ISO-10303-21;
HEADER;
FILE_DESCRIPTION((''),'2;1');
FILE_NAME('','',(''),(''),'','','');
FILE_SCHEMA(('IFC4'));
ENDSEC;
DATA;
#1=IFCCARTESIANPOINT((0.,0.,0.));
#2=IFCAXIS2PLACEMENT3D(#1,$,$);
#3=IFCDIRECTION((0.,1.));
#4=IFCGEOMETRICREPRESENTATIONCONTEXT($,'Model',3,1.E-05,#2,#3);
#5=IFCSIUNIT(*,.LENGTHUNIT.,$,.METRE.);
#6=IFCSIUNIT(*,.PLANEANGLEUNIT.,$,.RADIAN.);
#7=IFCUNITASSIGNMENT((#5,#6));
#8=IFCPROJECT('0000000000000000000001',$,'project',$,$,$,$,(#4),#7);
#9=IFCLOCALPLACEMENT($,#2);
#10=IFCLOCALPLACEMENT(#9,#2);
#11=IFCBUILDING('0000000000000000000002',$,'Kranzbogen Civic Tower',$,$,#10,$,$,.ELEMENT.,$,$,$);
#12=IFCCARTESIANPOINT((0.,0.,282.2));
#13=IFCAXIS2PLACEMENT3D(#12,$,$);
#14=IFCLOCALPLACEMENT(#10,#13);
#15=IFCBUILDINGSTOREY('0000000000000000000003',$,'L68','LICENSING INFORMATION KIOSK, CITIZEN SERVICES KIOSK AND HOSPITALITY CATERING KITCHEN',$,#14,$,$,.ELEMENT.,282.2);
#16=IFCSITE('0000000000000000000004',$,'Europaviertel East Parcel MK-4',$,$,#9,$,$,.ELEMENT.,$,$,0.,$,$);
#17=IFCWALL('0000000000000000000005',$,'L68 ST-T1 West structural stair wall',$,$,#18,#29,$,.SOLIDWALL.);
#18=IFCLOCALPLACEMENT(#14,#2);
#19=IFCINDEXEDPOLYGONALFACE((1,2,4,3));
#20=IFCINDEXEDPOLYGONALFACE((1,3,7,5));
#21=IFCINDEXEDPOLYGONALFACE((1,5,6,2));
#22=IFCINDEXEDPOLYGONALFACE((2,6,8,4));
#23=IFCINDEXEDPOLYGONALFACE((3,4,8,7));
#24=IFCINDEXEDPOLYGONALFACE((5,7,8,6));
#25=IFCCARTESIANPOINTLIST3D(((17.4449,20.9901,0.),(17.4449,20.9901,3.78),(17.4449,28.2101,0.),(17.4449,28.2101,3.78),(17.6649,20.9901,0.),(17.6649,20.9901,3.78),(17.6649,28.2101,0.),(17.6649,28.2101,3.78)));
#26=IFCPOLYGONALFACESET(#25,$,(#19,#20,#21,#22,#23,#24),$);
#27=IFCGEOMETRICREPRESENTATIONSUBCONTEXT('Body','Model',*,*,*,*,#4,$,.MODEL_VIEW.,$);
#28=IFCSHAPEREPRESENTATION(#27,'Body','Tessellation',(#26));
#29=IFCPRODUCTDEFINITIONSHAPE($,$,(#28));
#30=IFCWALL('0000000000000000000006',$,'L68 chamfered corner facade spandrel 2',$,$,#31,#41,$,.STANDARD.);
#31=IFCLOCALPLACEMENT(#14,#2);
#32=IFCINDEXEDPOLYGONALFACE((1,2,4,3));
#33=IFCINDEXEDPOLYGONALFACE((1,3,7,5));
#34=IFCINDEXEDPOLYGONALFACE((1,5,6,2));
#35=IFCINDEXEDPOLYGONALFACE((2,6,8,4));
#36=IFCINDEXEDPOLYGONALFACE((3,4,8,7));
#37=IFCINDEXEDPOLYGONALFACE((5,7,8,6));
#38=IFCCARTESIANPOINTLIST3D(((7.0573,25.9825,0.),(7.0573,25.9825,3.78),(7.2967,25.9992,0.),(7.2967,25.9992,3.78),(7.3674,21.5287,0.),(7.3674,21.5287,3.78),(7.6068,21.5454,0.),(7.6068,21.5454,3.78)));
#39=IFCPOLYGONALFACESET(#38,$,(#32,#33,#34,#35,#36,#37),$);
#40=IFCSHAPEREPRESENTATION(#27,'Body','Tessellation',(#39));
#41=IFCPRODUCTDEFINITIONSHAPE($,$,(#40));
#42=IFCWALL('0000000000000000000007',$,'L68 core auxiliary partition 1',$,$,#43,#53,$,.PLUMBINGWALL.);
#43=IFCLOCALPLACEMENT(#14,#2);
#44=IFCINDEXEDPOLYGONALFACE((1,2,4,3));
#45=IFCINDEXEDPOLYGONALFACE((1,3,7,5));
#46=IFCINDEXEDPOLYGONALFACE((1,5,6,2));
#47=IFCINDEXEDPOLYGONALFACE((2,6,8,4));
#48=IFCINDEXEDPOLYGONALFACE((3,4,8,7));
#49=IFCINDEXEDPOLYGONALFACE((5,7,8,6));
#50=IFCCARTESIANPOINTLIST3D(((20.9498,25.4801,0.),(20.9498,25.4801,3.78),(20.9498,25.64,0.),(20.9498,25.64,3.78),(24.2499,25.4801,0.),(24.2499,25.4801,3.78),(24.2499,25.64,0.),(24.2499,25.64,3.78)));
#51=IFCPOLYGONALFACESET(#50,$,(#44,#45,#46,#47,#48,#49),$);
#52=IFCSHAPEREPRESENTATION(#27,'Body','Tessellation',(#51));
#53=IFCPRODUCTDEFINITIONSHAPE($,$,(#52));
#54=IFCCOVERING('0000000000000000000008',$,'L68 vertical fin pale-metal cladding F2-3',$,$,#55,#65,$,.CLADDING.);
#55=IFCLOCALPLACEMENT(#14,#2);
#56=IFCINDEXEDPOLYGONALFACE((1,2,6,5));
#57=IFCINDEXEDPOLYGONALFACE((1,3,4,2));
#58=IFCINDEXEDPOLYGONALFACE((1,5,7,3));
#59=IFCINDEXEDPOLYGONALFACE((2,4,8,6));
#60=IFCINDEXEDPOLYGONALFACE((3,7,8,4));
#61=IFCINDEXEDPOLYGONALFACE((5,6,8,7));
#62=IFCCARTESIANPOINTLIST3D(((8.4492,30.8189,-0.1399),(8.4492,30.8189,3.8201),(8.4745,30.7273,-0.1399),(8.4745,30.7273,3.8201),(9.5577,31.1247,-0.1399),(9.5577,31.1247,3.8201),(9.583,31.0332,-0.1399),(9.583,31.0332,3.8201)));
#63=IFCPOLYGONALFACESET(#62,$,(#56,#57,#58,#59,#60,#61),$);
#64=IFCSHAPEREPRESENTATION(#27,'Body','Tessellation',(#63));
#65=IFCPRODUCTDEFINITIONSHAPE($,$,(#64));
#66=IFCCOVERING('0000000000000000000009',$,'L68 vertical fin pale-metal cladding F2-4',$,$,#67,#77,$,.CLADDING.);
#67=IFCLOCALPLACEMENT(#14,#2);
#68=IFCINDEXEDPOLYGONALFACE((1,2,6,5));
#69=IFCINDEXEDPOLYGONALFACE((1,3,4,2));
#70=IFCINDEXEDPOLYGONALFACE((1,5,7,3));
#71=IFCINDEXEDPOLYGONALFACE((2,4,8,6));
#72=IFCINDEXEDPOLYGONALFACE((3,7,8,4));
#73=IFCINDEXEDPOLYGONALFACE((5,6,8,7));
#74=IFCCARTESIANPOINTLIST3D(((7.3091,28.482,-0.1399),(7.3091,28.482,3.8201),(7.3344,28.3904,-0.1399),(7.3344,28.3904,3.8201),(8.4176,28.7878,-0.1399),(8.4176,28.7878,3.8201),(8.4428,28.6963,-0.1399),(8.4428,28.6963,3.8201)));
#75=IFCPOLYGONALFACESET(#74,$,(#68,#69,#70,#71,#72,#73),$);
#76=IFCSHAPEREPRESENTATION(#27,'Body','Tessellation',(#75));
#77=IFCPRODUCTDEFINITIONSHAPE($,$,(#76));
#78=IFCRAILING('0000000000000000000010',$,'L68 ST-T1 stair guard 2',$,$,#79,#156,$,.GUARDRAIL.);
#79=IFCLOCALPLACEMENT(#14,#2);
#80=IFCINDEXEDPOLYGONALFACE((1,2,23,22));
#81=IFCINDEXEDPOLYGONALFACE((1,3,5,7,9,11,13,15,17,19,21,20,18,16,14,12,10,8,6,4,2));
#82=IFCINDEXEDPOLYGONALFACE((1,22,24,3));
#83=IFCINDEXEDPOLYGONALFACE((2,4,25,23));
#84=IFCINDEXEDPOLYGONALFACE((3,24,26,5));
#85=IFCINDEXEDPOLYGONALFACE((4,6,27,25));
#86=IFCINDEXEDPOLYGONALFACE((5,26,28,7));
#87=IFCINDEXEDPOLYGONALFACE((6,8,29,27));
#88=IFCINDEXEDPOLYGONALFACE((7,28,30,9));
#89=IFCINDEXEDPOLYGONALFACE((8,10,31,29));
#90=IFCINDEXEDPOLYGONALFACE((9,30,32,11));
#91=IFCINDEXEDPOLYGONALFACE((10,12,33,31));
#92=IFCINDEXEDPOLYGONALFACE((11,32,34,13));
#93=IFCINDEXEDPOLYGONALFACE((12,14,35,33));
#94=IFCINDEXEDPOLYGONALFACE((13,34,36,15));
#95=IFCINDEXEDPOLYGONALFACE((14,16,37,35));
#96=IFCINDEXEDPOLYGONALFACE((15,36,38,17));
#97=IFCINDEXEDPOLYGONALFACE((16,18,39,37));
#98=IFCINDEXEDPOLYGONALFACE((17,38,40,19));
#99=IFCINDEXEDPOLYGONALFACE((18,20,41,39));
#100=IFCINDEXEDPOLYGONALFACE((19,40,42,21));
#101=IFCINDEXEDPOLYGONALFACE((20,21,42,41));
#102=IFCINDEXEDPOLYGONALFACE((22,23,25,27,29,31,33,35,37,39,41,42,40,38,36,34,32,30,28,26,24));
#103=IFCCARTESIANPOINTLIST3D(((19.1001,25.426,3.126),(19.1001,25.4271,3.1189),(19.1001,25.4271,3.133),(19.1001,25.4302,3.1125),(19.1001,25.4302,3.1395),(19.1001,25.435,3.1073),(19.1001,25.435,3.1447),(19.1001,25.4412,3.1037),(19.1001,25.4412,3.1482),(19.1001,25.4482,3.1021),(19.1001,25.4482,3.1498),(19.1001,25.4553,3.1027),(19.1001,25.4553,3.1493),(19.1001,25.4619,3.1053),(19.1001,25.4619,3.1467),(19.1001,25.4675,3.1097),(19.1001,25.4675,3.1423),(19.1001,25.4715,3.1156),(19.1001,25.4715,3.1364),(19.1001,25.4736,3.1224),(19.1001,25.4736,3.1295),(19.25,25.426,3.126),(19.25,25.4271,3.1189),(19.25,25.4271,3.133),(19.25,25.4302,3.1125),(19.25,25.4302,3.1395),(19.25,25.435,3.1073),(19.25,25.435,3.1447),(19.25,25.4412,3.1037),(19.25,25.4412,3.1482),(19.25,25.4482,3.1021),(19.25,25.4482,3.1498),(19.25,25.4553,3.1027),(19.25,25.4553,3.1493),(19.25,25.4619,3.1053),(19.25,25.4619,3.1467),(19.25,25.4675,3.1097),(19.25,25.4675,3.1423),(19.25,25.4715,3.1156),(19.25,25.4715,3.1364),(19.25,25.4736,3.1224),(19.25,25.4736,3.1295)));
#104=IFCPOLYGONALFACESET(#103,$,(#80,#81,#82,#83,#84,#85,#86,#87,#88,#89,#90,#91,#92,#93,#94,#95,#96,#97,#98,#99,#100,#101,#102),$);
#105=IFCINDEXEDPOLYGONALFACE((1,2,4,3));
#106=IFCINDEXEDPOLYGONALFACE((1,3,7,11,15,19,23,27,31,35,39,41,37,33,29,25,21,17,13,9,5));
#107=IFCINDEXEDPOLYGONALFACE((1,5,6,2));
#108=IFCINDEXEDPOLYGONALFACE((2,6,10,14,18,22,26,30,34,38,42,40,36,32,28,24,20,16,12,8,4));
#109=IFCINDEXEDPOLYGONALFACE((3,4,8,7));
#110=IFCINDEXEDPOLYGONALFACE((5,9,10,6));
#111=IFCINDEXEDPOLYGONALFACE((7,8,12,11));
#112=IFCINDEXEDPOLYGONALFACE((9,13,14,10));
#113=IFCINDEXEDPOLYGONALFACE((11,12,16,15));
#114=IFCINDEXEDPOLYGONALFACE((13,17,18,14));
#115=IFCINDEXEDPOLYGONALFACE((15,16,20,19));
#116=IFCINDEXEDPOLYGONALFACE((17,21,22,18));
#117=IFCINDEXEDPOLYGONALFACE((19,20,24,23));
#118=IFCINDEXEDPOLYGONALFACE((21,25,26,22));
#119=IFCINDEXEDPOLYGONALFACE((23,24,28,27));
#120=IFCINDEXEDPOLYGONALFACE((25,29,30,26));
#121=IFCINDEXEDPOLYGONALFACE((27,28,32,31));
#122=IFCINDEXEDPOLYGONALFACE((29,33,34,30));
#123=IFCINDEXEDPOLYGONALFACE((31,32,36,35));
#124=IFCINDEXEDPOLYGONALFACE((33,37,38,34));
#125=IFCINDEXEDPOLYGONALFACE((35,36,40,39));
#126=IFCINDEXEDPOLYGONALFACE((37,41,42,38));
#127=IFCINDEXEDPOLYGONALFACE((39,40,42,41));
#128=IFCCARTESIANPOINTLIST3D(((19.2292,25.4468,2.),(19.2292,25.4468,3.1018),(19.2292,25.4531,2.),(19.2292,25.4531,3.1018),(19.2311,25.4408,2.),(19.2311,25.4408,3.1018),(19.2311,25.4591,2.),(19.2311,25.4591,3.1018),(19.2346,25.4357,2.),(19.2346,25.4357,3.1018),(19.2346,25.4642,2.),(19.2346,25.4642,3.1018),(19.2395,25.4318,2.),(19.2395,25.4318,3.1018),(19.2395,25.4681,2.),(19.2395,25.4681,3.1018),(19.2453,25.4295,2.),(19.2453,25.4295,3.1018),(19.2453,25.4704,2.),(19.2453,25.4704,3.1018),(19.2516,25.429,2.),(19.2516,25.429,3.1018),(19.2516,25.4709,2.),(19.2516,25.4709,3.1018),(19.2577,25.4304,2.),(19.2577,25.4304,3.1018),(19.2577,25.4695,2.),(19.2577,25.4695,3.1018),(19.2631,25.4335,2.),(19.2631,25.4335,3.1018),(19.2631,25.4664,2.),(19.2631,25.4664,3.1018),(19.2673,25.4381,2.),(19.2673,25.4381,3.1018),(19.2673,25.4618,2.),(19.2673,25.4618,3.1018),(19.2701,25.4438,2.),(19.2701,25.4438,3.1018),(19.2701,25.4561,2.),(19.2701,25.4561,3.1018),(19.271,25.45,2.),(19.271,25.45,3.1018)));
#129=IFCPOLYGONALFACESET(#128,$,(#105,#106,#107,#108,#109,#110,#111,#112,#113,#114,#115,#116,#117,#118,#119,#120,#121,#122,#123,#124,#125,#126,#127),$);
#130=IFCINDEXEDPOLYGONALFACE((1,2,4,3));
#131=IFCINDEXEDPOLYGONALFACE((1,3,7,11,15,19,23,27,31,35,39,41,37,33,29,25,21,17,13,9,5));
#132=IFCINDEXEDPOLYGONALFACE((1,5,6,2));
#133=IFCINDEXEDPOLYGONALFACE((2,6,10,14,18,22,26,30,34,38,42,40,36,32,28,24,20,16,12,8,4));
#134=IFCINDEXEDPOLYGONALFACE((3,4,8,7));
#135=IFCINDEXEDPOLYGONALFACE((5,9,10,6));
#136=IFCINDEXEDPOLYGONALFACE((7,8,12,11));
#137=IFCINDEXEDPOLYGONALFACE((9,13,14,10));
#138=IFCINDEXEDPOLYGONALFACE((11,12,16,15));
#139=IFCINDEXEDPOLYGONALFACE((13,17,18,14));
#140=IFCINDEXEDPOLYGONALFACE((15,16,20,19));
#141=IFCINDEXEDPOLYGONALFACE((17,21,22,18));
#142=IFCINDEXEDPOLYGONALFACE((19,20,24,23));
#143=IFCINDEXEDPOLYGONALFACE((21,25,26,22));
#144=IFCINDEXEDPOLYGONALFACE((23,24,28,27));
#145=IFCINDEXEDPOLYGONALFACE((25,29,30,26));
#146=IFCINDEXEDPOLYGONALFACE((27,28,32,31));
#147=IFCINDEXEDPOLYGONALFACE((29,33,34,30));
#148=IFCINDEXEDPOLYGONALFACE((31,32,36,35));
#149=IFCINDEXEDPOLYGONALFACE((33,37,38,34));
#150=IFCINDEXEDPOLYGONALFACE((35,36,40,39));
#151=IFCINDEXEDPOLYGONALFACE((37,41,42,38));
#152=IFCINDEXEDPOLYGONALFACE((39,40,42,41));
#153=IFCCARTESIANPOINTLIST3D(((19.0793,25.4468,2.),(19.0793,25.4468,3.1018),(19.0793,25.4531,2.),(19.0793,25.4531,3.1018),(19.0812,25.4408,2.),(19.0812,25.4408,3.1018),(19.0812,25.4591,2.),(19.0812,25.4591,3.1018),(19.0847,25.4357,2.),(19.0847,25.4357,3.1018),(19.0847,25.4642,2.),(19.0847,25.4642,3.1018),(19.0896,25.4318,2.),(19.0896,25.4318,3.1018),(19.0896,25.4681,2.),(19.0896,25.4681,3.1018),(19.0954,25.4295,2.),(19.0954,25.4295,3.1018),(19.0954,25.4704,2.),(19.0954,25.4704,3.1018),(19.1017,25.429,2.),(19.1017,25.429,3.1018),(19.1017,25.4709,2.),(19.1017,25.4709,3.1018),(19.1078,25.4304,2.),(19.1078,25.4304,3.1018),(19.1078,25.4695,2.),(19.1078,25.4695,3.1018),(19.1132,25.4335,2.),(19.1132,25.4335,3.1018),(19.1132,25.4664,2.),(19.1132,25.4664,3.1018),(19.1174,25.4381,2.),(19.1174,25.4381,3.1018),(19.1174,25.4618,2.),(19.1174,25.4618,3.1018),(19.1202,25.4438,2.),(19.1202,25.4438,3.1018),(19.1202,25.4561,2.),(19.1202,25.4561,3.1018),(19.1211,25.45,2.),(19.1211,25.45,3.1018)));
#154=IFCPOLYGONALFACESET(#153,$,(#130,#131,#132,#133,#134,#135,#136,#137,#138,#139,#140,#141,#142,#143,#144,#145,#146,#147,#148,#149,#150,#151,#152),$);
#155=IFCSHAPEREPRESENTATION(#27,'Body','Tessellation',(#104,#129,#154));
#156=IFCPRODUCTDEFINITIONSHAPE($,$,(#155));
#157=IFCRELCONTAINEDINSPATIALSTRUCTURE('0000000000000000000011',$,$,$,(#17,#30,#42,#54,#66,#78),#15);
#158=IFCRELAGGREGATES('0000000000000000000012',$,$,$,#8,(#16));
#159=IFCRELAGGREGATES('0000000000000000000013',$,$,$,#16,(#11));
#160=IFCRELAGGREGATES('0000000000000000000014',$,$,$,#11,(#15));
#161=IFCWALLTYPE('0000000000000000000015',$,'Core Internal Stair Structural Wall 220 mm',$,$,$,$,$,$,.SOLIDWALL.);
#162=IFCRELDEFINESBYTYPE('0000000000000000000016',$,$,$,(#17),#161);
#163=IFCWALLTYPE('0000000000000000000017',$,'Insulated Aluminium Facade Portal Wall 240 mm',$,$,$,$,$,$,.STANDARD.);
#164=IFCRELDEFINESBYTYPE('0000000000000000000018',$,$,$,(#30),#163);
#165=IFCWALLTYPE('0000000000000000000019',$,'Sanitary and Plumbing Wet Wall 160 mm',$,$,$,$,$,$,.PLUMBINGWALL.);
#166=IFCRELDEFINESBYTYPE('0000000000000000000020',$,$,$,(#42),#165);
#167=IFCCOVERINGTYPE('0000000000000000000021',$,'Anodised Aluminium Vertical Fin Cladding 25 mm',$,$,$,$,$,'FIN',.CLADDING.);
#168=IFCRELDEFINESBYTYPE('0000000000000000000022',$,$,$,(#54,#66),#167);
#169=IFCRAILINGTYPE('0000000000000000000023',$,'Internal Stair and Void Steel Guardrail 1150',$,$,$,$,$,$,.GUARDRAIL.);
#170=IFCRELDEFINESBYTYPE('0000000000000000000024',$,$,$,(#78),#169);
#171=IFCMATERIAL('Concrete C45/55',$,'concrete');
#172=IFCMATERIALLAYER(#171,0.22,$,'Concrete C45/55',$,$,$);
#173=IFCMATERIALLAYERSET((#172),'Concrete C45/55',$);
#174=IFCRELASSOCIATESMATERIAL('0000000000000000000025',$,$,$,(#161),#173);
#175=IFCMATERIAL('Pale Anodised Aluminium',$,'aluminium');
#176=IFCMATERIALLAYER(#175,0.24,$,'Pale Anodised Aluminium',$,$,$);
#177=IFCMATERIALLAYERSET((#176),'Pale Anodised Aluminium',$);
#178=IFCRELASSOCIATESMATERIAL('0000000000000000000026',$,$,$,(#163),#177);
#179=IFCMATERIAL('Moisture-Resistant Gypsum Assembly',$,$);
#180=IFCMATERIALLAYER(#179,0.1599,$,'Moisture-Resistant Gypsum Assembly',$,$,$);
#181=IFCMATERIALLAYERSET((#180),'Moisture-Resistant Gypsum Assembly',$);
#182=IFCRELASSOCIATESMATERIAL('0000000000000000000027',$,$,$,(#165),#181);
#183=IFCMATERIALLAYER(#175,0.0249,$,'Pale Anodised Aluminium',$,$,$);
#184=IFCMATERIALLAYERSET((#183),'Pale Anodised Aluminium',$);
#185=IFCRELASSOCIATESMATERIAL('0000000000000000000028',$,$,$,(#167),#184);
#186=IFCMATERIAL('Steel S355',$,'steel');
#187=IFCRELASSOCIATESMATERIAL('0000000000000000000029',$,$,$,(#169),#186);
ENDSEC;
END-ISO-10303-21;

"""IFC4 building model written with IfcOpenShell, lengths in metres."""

from ifc_helpers import new_model, si_unit, direction, frame, frame_2d, origin, origin_2d, place, context, subcontext, project, spatial, rectangle, circle, extrude, material, layer, layer_set, type_object, element, save


model = new_model("IFC4")

# Units and contexts
model_context = context("Model", 3, precision=1e-05, world=origin(), true_north=direction((0.0, 1.0)))
body_context = subcontext(model_context, "Body", "Model", "MODEL_VIEW")
ifc_project = project(units=[si_unit("LENGTHUNIT", "METRE"), si_unit("PLANEANGLEUNIT", "RADIAN")], contexts=[model_context])

# Site, building, storey
site_placement = place(None, origin())
site = spatial("IfcSite", under=ifc_project, at=site_placement, Name="Europaviertel East Parcel MK-4", CompositionType="ELEMENT", RefElevation=0.0)
building_placement = place(site_placement, origin())
building = spatial("IfcBuilding", under=site, at=building_placement, Name="Kranzbogen Civic Tower", CompositionType="ELEMENT")
storey_placement = place(building_placement, frame((0.0, 0.0, 282.2)))
storey = spatial("IfcBuildingStorey", under=building, at=storey_placement, Name="L68", Description="LICENSING INFORMATION KIOSK, CITIZEN SERVICES KIOSK AND HOSPITALITY CATERING KITCHEN", CompositionType="ELEMENT", Elevation=282.2)

# Shared definitions
ifc_material_1 = material(Name="Steel S355", Category="steel")

# Shared definitions
ifc_material_2 = material(Name="Pale Anodised Aluminium", Category="aluminium")

# Shared definitions
ifc_material_3 = material(Name="Concrete C45/55", Category="concrete")

# Walls
ifc_layer_1 = layer(ifc_material_3, 0.22, Name="Concrete C45/55")
ifc_layer_set_1 = layer_set([ifc_layer_1], Name="Concrete C45/55")
wall_type_1 = type_object("IfcWallType", Name="Core Internal Stair Structural Wall 220 mm", PredefinedType="SOLIDWALL", material=ifc_layer_set_1)
wall_1_placement = place(storey_placement, frame((17.5549, 28.21, 0.0), z_axis=(0.0, 0.0, 1.0), x_axis=(0.0, -1.0, 0.0)))
element("IfcWall", 1, at=wall_1_placement, inside=storey, type_object=wall_type_1, Name="L68 ST-T1 West structural stair wall", PredefinedType="SOLIDWALL", context=body_context, shape_type="SweptSolid", body=[
    extrude(rectangle(XDim=7.22, YDim=0.22, at=frame_2d((3.6099, 0.0))), origin(), (0.0, 0.0, 1.0), 3.78),
])
ifc_layer_2 = layer(ifc_material_2, 0.24, Name="Pale Anodised Aluminium")
ifc_layer_set_2 = layer_set([ifc_layer_2], Name="Pale Anodised Aluminium")
wall_type_2 = type_object("IfcWallType", Name="Insulated Aluminium Facade Portal Wall 240 mm", PredefinedType="STANDARD", material=ifc_layer_set_2)
wall_2_placement = place(storey_placement, frame((7.177, 25.991, 0.0), z_axis=(0.0, 0.0, 1.0), x_axis=(0.069448, -0.997586, 0.0)))
element("IfcWall", 2, at=wall_2_placement, inside=storey, type_object=wall_type_2, Name="L68 chamfered corner facade spandrel 2", PredefinedType="STANDARD", context=body_context, shape_type="SweptSolid", body=[
    extrude(rectangle(XDim=4.4646, YDim=0.24, at=frame_2d((2.2324, 0.0))), origin(), (0.0, 0.0, 1.0), 3.78),
])
ifc_material_4 = material(Name="Moisture-Resistant Gypsum Assembly")
ifc_layer_3 = layer(ifc_material_4, 0.1599, Name="Moisture-Resistant Gypsum Assembly")
ifc_layer_set_3 = layer_set([ifc_layer_3], Name="Moisture-Resistant Gypsum Assembly")
wall_type_3 = type_object("IfcWallType", Name="Sanitary and Plumbing Wet Wall 160 mm", PredefinedType="PLUMBINGWALL", material=ifc_layer_set_3)
wall_3_placement = place(storey_placement, frame((20.95, 25.5601, 0.0), z_axis=(0.0, 0.0, 1.0), x_axis=(1.0, 0.0, 0.0)))
element("IfcWall", 3, at=wall_3_placement, inside=storey, type_object=wall_type_3, Name="L68 core auxiliary partition 1", PredefinedType="PLUMBINGWALL", context=body_context, shape_type="SweptSolid", body=[
    extrude(rectangle(XDim=3.3, YDim=0.1599, at=frame_2d((1.6499, 0.0))), origin(), (0.0, 0.0, 1.0), 3.78),
])

# Coverings
ifc_layer_4 = layer(ifc_material_2, 0.0249, Name="Pale Anodised Aluminium")
ifc_layer_set_4 = layer_set([ifc_layer_4], Name="Pale Anodised Aluminium")
covering_type = type_object("IfcCoveringType", Name="Anodised Aluminium Vertical Fin Cladding 25 mm", ElementType="FIN", PredefinedType="CLADDING", material=ifc_layer_set_4)
for number, where, z_axis, x_axis, name in (
    (4, (9.0161, 30.926, -0.1399), (0.0, 0.0, 1.0), (-0.963979, -0.265977, 0.0), "L68 vertical fin pale-metal cladding F2-3"),
    (5, (7.876, 28.5891, -0.1399), (0.0, 0.0, 1.0), (-0.963979, -0.265977, 0.0), "L68 vertical fin pale-metal cladding F2-4"),
):
    element("IfcCovering", number, at=place(storey_placement, frame(where, z_axis=z_axis, x_axis=x_axis)), inside=storey, type_object=covering_type, Name=name, PredefinedType="CLADDING", context=body_context, shape_type="SweptSolid", body=[
        extrude(rectangle(XDim=1.1499, YDim=0.095, at=origin_2d()), origin(), (0.0, 0.0, 1.0), 3.96),
    ])

# Railing
railing_type = type_object("IfcRailingType", Name="Internal Stair and Void Steel Guardrail 1150", PredefinedType="GUARDRAIL", material=ifc_material_1)
railing_1_placement = place(storey_placement, frame((19.25, 25.45, 2.0)))
element("IfcRailing", 6, at=railing_1_placement, inside=storey, type_object=railing_type, Name="L68 ST-T1 stair guard 2", PredefinedType="GUARDRAIL", context=body_context, shape_type="SweptSolid", body=[
    extrude(circle(Radius=0.0239, at=origin_2d()), frame((0.0, 0.0, 1.126), z_axis=(-1.0, 0.0, 0.0), x_axis=(0.0, -1.0, 0.0)), (0.0, 0.0, 1.0), 0.1499),
    extrude(circle(Radius=0.021, at=origin_2d()), origin(), (0.0, 0.0, 1.0), 1.1018),
    extrude(circle(Radius=0.021, at=origin_2d()), frame((-0.1499, 0.0, 0.0)), (0.0, 0.0, 1.0), 1.1018),
])

save(model, "model.ifc")
